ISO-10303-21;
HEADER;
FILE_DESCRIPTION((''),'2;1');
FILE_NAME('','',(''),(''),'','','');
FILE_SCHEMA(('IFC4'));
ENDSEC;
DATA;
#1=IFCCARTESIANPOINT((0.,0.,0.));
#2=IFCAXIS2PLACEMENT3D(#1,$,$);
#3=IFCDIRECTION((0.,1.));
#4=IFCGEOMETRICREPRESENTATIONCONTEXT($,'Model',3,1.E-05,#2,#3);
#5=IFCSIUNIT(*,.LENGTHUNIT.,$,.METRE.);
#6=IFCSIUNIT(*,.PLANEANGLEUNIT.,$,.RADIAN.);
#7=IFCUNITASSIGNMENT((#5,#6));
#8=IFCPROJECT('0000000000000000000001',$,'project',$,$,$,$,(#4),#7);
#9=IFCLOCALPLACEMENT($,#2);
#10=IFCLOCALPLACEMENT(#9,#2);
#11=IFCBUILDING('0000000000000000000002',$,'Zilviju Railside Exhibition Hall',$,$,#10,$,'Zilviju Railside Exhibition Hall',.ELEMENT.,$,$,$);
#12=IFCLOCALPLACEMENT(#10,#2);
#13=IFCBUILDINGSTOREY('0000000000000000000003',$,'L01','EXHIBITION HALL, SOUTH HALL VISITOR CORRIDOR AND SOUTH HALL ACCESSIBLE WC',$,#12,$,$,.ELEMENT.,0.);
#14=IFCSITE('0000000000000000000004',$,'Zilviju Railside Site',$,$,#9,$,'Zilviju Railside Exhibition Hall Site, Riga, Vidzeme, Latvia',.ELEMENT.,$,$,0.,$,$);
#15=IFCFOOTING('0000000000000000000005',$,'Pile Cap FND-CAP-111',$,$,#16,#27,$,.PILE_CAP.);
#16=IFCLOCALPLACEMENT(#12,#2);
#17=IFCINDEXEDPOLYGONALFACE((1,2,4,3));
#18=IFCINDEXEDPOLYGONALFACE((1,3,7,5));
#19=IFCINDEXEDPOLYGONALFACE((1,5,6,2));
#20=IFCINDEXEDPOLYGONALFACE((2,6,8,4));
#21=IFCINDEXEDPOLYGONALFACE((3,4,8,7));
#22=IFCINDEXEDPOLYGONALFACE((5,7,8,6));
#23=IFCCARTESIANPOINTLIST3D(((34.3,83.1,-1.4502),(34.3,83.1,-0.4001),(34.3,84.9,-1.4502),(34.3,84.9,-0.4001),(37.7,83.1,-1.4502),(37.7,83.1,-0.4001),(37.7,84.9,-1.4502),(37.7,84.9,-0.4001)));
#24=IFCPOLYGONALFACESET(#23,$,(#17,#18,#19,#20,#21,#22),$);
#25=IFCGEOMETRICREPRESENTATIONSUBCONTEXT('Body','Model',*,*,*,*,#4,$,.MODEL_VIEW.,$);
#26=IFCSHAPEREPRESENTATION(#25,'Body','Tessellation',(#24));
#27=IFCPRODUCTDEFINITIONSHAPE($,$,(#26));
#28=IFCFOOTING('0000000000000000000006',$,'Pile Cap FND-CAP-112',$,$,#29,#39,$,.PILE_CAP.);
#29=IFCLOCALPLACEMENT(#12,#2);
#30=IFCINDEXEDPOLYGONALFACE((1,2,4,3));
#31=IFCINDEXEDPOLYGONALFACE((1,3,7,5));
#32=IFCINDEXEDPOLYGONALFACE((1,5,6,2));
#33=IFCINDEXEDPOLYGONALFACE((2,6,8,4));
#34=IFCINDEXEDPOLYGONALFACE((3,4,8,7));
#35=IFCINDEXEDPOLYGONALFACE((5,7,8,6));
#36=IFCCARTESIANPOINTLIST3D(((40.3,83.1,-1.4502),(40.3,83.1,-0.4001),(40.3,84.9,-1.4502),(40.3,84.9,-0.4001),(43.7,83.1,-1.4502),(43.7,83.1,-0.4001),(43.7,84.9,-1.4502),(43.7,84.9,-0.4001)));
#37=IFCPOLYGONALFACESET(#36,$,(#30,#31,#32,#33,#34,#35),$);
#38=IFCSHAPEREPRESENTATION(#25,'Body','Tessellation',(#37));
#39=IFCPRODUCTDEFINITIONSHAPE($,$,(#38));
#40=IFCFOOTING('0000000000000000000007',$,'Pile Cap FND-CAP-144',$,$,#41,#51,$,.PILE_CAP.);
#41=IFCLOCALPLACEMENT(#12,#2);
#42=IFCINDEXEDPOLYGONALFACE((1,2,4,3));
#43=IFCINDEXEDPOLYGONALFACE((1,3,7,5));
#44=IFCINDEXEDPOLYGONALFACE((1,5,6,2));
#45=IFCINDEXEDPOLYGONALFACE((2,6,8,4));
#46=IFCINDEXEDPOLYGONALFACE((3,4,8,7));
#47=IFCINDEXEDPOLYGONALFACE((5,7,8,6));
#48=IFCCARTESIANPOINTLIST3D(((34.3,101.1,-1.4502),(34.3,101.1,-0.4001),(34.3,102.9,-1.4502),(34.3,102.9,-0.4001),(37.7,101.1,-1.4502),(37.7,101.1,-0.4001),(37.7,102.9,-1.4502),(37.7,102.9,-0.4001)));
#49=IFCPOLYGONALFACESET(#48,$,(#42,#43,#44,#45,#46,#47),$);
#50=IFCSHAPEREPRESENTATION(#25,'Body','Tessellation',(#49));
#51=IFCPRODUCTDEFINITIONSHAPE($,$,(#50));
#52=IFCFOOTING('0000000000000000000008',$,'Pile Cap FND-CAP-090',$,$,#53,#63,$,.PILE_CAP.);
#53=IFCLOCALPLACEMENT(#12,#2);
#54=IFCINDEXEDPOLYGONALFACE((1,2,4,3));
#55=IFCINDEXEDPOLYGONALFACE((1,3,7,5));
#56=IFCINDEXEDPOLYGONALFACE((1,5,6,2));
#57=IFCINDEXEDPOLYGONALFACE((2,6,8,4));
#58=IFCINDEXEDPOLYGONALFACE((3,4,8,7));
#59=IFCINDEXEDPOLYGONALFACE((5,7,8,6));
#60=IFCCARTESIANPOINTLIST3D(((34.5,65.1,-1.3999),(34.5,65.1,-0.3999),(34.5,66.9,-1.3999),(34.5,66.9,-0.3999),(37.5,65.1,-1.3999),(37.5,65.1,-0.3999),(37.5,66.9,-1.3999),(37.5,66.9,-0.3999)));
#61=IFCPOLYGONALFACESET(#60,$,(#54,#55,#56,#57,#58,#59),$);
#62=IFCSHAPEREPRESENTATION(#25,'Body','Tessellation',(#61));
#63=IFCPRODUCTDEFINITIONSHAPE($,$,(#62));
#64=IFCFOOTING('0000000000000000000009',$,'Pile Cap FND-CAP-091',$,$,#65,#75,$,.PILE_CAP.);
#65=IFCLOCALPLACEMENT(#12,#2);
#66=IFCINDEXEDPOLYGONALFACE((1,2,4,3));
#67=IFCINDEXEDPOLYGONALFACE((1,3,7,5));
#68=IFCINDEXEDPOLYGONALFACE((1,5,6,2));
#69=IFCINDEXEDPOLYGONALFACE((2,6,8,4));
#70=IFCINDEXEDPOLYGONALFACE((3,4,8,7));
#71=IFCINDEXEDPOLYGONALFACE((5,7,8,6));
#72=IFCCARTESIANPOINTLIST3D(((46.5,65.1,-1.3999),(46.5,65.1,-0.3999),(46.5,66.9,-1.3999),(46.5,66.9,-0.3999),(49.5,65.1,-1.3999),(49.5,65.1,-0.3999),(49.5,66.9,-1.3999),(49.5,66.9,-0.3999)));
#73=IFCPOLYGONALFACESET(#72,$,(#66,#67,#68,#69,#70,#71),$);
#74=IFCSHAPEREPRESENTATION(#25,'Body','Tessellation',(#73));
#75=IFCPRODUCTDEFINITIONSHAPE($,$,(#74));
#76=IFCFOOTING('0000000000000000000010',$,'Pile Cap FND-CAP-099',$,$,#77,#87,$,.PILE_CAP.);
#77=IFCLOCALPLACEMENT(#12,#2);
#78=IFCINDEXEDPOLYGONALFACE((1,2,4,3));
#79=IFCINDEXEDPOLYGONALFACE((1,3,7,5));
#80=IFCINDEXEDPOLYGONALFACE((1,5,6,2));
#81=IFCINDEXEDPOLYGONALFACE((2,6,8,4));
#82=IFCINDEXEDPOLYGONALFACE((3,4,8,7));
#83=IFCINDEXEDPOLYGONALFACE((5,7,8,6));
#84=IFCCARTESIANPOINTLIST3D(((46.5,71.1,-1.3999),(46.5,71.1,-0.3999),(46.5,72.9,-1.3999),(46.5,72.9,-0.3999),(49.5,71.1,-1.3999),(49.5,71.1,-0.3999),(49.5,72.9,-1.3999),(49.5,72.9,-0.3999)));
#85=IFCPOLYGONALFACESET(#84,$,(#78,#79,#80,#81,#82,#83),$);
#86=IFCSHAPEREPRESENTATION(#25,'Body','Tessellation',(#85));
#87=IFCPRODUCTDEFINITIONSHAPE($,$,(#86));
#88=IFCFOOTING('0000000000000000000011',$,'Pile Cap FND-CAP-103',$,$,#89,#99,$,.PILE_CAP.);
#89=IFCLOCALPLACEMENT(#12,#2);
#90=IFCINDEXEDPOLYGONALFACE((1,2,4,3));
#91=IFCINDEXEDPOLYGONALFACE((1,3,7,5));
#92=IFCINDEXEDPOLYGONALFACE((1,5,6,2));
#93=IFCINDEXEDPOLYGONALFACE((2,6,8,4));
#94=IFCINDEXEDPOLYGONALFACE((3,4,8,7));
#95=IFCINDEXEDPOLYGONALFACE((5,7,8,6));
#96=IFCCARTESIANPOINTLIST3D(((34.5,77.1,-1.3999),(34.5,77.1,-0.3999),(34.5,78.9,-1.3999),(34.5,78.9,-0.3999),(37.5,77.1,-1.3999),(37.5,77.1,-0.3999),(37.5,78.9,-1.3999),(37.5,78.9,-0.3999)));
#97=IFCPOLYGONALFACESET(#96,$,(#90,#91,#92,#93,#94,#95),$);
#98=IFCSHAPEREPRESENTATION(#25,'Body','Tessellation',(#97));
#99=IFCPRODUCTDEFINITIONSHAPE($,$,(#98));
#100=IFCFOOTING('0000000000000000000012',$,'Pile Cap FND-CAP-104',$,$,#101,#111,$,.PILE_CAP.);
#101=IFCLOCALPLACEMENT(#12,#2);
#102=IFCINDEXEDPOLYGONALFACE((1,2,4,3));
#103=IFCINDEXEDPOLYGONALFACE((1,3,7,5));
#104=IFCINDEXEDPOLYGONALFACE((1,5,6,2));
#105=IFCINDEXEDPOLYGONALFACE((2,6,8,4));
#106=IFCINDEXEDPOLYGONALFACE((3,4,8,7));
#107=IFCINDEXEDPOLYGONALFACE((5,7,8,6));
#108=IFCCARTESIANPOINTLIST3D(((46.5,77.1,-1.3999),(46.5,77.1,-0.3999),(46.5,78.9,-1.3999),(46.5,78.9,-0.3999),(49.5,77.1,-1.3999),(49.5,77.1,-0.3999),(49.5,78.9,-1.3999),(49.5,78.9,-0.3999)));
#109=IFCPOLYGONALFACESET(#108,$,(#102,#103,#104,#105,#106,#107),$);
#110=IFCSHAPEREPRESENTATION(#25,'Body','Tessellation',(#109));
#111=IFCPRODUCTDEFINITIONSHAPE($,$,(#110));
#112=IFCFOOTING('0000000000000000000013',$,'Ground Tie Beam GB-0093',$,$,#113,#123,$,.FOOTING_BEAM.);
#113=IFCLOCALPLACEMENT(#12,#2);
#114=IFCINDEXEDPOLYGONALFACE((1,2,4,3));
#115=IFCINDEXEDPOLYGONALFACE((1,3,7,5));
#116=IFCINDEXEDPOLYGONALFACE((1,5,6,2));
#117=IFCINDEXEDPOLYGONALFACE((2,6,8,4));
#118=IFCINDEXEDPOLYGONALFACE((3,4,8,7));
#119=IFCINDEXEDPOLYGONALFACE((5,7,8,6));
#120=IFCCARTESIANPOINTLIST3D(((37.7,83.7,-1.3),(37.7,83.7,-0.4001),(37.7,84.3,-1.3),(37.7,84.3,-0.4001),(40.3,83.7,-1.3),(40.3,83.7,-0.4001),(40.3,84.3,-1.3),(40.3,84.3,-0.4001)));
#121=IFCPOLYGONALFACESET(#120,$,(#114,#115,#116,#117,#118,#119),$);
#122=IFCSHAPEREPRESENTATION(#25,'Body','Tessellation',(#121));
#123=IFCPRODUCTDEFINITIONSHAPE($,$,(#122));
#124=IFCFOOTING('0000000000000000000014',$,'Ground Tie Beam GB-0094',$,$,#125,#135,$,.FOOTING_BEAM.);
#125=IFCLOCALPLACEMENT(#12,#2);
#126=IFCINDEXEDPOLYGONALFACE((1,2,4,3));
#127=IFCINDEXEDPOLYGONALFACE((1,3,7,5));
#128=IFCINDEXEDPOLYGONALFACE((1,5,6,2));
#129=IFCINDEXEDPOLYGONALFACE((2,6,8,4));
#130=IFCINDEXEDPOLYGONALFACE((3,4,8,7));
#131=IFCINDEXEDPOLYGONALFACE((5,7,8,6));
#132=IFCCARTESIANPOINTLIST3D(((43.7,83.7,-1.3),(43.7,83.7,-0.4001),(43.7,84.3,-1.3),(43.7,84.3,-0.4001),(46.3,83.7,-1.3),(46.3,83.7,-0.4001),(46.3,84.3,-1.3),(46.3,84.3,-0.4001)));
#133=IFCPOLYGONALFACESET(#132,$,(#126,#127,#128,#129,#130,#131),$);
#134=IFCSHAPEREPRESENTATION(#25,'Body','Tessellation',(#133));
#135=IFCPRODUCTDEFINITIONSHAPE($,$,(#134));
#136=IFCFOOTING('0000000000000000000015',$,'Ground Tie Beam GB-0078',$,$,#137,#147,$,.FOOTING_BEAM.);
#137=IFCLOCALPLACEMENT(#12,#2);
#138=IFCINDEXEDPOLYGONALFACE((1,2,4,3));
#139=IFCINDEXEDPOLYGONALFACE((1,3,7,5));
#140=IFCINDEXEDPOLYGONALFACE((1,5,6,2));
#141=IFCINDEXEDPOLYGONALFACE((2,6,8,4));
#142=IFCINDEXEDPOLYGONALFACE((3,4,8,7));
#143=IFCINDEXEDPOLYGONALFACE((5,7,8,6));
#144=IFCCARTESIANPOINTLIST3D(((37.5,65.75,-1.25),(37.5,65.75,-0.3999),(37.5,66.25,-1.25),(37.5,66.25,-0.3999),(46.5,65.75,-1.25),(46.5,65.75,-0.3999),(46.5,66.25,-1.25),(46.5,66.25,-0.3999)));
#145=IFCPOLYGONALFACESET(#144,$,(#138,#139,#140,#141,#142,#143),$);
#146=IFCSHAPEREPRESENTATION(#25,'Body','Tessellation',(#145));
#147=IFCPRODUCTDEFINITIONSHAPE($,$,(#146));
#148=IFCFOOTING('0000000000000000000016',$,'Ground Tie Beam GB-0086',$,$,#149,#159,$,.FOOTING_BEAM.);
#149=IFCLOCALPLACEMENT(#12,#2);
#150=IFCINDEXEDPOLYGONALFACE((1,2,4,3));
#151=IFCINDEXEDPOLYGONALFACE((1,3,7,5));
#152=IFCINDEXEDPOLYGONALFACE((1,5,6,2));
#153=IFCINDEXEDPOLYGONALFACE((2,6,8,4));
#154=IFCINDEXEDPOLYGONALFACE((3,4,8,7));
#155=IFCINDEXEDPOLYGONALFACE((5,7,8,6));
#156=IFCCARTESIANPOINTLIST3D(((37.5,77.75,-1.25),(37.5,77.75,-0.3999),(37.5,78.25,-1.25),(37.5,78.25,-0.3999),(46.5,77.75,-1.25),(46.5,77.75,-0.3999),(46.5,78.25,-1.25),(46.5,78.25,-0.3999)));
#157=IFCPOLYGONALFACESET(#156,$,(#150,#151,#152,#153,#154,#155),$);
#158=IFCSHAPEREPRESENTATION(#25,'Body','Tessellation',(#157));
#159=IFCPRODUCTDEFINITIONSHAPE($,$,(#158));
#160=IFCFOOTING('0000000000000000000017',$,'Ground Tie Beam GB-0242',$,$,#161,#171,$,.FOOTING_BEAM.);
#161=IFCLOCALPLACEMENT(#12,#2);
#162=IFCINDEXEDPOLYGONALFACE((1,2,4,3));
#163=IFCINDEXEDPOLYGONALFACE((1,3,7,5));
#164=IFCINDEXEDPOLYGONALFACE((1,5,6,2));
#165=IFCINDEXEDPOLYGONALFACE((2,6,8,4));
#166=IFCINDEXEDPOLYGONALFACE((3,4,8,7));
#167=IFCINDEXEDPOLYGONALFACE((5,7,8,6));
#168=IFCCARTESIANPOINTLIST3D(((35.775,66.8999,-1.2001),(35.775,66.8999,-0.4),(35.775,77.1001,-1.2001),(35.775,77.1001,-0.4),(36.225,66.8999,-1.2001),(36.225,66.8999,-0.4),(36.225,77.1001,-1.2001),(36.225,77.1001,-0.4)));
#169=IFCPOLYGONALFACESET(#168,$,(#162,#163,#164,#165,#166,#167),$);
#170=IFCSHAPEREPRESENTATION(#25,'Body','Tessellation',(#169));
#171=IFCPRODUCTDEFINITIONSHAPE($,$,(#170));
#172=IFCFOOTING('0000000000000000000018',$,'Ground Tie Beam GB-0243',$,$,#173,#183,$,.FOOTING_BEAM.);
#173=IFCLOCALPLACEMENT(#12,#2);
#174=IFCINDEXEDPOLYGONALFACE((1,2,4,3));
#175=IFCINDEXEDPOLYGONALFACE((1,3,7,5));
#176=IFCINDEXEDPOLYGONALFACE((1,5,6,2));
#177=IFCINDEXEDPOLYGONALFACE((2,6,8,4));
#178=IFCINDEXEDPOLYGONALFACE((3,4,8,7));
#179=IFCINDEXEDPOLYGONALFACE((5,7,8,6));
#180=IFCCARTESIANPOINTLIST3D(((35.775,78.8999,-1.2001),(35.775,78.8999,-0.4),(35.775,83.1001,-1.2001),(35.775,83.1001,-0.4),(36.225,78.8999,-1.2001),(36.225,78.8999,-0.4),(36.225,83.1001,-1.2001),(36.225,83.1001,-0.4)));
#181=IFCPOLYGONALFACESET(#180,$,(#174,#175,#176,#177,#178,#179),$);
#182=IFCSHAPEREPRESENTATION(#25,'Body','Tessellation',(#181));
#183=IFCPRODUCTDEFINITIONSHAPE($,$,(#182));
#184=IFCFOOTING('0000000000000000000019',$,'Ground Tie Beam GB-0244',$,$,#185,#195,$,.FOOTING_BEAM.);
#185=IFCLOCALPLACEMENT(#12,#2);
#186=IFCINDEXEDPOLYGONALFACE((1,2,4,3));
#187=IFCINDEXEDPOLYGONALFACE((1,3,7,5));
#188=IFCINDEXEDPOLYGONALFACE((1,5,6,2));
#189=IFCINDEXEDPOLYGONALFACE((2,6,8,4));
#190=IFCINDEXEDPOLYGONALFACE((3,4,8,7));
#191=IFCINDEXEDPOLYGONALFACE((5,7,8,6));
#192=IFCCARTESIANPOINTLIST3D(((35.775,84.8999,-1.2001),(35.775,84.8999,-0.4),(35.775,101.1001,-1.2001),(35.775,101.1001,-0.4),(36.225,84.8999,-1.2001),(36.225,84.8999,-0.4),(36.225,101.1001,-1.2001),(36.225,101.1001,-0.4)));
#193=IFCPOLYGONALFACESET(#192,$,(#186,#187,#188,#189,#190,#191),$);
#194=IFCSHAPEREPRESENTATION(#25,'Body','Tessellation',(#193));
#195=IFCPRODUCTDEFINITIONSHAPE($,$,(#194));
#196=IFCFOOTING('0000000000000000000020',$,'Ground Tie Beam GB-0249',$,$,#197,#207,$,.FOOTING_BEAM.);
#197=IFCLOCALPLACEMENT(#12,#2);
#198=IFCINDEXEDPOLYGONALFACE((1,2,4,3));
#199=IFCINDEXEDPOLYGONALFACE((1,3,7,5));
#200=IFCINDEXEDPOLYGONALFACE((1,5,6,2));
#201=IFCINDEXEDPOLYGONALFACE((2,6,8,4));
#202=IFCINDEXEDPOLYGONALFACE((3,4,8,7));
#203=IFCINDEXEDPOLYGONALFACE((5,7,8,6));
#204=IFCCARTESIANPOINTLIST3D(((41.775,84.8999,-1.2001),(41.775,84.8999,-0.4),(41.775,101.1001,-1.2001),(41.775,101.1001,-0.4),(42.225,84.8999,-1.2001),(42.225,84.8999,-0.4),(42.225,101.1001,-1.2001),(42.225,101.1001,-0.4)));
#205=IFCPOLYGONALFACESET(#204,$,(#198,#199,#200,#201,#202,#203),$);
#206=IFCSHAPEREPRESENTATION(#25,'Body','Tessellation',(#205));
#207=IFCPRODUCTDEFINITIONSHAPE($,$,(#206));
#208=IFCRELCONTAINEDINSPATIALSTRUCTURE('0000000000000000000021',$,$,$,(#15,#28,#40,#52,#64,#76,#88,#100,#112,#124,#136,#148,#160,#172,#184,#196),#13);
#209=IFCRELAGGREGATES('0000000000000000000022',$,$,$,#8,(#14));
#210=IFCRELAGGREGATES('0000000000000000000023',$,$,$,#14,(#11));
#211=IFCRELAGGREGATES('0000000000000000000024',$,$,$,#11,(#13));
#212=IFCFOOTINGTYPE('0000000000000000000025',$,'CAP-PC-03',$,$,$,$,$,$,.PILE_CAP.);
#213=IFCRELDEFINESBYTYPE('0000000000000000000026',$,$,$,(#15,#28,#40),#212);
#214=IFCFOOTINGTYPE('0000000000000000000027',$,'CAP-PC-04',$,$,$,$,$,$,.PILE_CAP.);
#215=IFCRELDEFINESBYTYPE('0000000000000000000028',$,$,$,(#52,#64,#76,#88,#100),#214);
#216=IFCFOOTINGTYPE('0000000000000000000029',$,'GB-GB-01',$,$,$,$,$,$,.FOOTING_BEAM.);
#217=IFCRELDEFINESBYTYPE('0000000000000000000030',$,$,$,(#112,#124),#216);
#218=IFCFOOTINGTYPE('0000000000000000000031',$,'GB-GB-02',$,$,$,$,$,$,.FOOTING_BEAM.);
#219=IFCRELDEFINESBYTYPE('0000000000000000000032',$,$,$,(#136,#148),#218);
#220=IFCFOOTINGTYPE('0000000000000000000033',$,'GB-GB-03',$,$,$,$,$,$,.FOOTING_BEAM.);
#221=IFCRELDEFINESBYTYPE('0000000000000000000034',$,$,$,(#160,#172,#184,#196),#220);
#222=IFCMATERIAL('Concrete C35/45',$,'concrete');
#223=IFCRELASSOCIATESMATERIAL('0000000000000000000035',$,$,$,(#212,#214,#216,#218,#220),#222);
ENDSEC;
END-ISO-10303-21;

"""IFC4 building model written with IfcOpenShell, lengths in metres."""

from ifc_helpers import new_model, si_unit, direction, frame, origin, origin_2d, place, context, subcontext, project, spatial, rectangle, extrude, material, material_profile, profile_set, type_object, element, save


model = new_model("IFC4")

# Units and contexts
model_context = context("Model", 3, precision=1e-05, world=origin(), true_north=direction((0.0, 1.0)))
body_context = subcontext(model_context, "Body", "Model", "MODEL_VIEW")
ifc_project = project(units=[si_unit("LENGTHUNIT", "METRE"), si_unit("PLANEANGLEUNIT", "RADIAN")], contexts=[model_context])

# Site, building, storey
site_placement = place(None, origin())
site = spatial("IfcSite", under=ifc_project, at=site_placement, Name="Zilviju Railside Site", LongName="Zilviju Railside Exhibition Hall Site, Riga, Vidzeme, Latvia", CompositionType="ELEMENT", RefElevation=0.0)
building_placement = place(site_placement, origin())
building = spatial("IfcBuilding", under=site, at=building_placement, Name="Zilviju Railside Exhibition Hall", LongName="Zilviju Railside Exhibition Hall", CompositionType="ELEMENT")
storey_placement = place(building_placement, origin())
storey = spatial("IfcBuildingStorey", under=building, at=storey_placement, Name="L01", Description="EXHIBITION HALL, SOUTH HALL VISITOR CORRIDOR AND SOUTH HALL ACCESSIBLE WC", CompositionType="ELEMENT", Elevation=0.0)

# Footings
ifc_material_1 = material(Name="Concrete C35/45", Category="concrete")
footing_type_1 = type_object("IfcFootingType", Name="CAP-PC-03", PredefinedType="PILE_CAP", material=ifc_material_1)
for number, where, z_axis, x_axis, name in (
    (1, (36.0, 84.0, -1.4502), (0.0, 0.0, 1.0), (1.0, 0.0, 0.0), "Pile Cap FND-CAP-111"),
    (2, (42.0, 84.0, -1.4502), (0.0, 0.0, 1.0), (1.0, 0.0, 0.0), "Pile Cap FND-CAP-112"),
    (3, (36.0, 102.0, -1.4502), (0.0, 0.0, 1.0), (1.0, 0.0, 0.0), "Pile Cap FND-CAP-144"),
):
    element("IfcFooting", number, at=place(storey_placement, frame(where, z_axis=z_axis, x_axis=x_axis)), inside=storey, type_object=footing_type_1, Name=name, PredefinedType="PILE_CAP", context=body_context, shape_type="SweptSolid", body=[
        extrude(rectangle(XDim=3.3999, YDim=1.8, at=origin_2d()), origin(), (0.0, 0.0, 1.0), 1.05),
    ])
footing_type_2 = type_object("IfcFootingType", Name="CAP-PC-04", PredefinedType="PILE_CAP", material=ifc_material_1)
for number, where, z_axis, x_axis, name in (
    (4, (36.0, 66.0, -1.3999), (0.0, 0.0, 1.0), (1.0, 0.0, 0.0), "Pile Cap FND-CAP-090"),
    (5, (48.0, 66.0, -1.3999), (0.0, 0.0, 1.0), (1.0, 0.0, 0.0), "Pile Cap FND-CAP-091"),
    (6, (48.0, 72.0, -1.3999), (0.0, 0.0, 1.0), (1.0, 0.0, 0.0), "Pile Cap FND-CAP-099"),
    (7, (36.0, 78.0, -1.3999), (0.0, 0.0, 1.0), (1.0, 0.0, 0.0), "Pile Cap FND-CAP-103"),
    (8, (48.0, 78.0, -1.3999), (0.0, 0.0, 1.0), (1.0, 0.0, 0.0), "Pile Cap FND-CAP-104"),
):
    element("IfcFooting", number, at=place(storey_placement, frame(where, z_axis=z_axis, x_axis=x_axis)), inside=storey, type_object=footing_type_2, Name=name, PredefinedType="PILE_CAP", context=body_context, shape_type="SweptSolid", body=[
        extrude(rectangle(XDim=3.0, YDim=1.8, at=origin_2d()), origin(), (0.0, 0.0, 1.0), 1.0),
    ])
ifc_material_profile_1 = material_profile(ifc_material_1, rectangle(XDim=0.6001, YDim=0.8999, at=origin_2d()), Name="TIE BEAM 600x900")
ifc_profile_set_1 = profile_set([ifc_material_profile_1], Name="Concrete C35/45")
footing_type_3 = type_object("IfcFootingType", Name="GB-GB-01", PredefinedType="FOOTING_BEAM", material=ifc_profile_set_1)
for number, where, z_axis, x_axis, name in (
    (9, (37.7, 84.0, -0.8501), (1.0, 0.0, 0.0), (0.0, 1.0, 0.0), "Ground Tie Beam GB-0093"),
    (10, (43.7, 84.0, -0.8501), (1.0, 0.0, 0.0), (0.0, 1.0, 0.0), "Ground Tie Beam GB-0094"),
):
    element("IfcFooting", number, at=place(storey_placement, frame(where, z_axis=z_axis, x_axis=x_axis)), inside=storey, type_object=footing_type_3, Name=name, PredefinedType="FOOTING_BEAM", context=body_context, shape_type="SweptSolid", body=[
        extrude(rectangle(XDim=0.6001, YDim=0.8999, at=origin_2d()), origin(), (0.0, 0.0, 1.0), 2.6001),
    ])
ifc_material_profile_2 = material_profile(ifc_material_1, rectangle(XDim=0.5, YDim=0.8501, at=origin_2d()), Name="TIE BEAM 500x850")
ifc_profile_set_2 = profile_set([ifc_material_profile_2], Name="Concrete C35/45")
footing_type_4 = type_object("IfcFootingType", Name="GB-GB-02", PredefinedType="FOOTING_BEAM", material=ifc_profile_set_2)
for number, where, z_axis, x_axis, name in (
    (11, (37.5, 66.0, -0.825), (1.0, 0.0, 0.0), (0.0, 1.0, 0.0), "Ground Tie Beam GB-0078"),
    (12, (37.5, 78.0, -0.825), (1.0, 0.0, 0.0), (0.0, 1.0, 0.0), "Ground Tie Beam GB-0086"),
):
    element("IfcFooting", number, at=place(storey_placement, frame(where, z_axis=z_axis, x_axis=x_axis)), inside=storey, type_object=footing_type_4, Name=name, PredefinedType="FOOTING_BEAM", context=body_context, shape_type="SweptSolid", body=[
        extrude(rectangle(XDim=0.5, YDim=0.8501, at=origin_2d()), origin(), (0.0, 0.0, 1.0), 9.0),
    ])
ifc_material_profile_3 = material_profile(ifc_material_1, rectangle(XDim=0.45, YDim=0.8, at=origin_2d()), Name="TIE BEAM 450x800")
ifc_profile_set_3 = profile_set([ifc_material_profile_3], Name="Concrete C35/45")
footing_type_5 = type_object("IfcFootingType", Name="GB-GB-03", PredefinedType="FOOTING_BEAM", material=ifc_profile_set_3)
footing_1_placement = place(storey_placement, frame((36.0, 66.8999, -0.8), z_axis=(0.0, 1.0, 0.0), x_axis=(-1.0, 0.0, 0.0)))
element("IfcFooting", 13, at=footing_1_placement, inside=storey, type_object=footing_type_5, Name="Ground Tie Beam GB-0242", PredefinedType="FOOTING_BEAM", context=body_context, shape_type="SweptSolid", body=[
    extrude(rectangle(XDim=0.45, YDim=0.8, at=origin_2d()), origin(), (0.0, 0.0, 1.0), 10.2002),
])
footing_2_placement = place(storey_placement, frame((36.0, 78.8999, -0.8), z_axis=(0.0, 1.0, 0.0), x_axis=(-1.0, 0.0, 0.0)))
element("IfcFooting", 14, at=footing_2_placement, inside=storey, type_object=footing_type_5, Name="Ground Tie Beam GB-0243", PredefinedType="FOOTING_BEAM", context=body_context, shape_type="SweptSolid", body=[
    extrude(rectangle(XDim=0.45, YDim=0.8, at=origin_2d()), origin(), (0.0, 0.0, 1.0), 4.2002),
])
for number, where, z_axis, x_axis, name in (
    (15, (36.0, 84.8999, -0.8), (0.0, 1.0, 0.0), (-1.0, 0.0, 0.0), "Ground Tie Beam GB-0244"),
    (16, (42.0, 84.8999, -0.8), (0.0, 1.0, 0.0), (-1.0, 0.0, 0.0), "Ground Tie Beam GB-0249"),
):
    element("IfcFooting", number, at=place(storey_placement, frame(where, z_axis=z_axis, x_axis=x_axis)), inside=storey, type_object=footing_type_5, Name=name, PredefinedType="FOOTING_BEAM", context=body_context, shape_type="SweptSolid", body=[
        extrude(rectangle(XDim=0.45, YDim=0.8, at=origin_2d()), origin(), (0.0, 0.0, 1.0), 16.2002),
    ])

save(model, "model.ifc")
